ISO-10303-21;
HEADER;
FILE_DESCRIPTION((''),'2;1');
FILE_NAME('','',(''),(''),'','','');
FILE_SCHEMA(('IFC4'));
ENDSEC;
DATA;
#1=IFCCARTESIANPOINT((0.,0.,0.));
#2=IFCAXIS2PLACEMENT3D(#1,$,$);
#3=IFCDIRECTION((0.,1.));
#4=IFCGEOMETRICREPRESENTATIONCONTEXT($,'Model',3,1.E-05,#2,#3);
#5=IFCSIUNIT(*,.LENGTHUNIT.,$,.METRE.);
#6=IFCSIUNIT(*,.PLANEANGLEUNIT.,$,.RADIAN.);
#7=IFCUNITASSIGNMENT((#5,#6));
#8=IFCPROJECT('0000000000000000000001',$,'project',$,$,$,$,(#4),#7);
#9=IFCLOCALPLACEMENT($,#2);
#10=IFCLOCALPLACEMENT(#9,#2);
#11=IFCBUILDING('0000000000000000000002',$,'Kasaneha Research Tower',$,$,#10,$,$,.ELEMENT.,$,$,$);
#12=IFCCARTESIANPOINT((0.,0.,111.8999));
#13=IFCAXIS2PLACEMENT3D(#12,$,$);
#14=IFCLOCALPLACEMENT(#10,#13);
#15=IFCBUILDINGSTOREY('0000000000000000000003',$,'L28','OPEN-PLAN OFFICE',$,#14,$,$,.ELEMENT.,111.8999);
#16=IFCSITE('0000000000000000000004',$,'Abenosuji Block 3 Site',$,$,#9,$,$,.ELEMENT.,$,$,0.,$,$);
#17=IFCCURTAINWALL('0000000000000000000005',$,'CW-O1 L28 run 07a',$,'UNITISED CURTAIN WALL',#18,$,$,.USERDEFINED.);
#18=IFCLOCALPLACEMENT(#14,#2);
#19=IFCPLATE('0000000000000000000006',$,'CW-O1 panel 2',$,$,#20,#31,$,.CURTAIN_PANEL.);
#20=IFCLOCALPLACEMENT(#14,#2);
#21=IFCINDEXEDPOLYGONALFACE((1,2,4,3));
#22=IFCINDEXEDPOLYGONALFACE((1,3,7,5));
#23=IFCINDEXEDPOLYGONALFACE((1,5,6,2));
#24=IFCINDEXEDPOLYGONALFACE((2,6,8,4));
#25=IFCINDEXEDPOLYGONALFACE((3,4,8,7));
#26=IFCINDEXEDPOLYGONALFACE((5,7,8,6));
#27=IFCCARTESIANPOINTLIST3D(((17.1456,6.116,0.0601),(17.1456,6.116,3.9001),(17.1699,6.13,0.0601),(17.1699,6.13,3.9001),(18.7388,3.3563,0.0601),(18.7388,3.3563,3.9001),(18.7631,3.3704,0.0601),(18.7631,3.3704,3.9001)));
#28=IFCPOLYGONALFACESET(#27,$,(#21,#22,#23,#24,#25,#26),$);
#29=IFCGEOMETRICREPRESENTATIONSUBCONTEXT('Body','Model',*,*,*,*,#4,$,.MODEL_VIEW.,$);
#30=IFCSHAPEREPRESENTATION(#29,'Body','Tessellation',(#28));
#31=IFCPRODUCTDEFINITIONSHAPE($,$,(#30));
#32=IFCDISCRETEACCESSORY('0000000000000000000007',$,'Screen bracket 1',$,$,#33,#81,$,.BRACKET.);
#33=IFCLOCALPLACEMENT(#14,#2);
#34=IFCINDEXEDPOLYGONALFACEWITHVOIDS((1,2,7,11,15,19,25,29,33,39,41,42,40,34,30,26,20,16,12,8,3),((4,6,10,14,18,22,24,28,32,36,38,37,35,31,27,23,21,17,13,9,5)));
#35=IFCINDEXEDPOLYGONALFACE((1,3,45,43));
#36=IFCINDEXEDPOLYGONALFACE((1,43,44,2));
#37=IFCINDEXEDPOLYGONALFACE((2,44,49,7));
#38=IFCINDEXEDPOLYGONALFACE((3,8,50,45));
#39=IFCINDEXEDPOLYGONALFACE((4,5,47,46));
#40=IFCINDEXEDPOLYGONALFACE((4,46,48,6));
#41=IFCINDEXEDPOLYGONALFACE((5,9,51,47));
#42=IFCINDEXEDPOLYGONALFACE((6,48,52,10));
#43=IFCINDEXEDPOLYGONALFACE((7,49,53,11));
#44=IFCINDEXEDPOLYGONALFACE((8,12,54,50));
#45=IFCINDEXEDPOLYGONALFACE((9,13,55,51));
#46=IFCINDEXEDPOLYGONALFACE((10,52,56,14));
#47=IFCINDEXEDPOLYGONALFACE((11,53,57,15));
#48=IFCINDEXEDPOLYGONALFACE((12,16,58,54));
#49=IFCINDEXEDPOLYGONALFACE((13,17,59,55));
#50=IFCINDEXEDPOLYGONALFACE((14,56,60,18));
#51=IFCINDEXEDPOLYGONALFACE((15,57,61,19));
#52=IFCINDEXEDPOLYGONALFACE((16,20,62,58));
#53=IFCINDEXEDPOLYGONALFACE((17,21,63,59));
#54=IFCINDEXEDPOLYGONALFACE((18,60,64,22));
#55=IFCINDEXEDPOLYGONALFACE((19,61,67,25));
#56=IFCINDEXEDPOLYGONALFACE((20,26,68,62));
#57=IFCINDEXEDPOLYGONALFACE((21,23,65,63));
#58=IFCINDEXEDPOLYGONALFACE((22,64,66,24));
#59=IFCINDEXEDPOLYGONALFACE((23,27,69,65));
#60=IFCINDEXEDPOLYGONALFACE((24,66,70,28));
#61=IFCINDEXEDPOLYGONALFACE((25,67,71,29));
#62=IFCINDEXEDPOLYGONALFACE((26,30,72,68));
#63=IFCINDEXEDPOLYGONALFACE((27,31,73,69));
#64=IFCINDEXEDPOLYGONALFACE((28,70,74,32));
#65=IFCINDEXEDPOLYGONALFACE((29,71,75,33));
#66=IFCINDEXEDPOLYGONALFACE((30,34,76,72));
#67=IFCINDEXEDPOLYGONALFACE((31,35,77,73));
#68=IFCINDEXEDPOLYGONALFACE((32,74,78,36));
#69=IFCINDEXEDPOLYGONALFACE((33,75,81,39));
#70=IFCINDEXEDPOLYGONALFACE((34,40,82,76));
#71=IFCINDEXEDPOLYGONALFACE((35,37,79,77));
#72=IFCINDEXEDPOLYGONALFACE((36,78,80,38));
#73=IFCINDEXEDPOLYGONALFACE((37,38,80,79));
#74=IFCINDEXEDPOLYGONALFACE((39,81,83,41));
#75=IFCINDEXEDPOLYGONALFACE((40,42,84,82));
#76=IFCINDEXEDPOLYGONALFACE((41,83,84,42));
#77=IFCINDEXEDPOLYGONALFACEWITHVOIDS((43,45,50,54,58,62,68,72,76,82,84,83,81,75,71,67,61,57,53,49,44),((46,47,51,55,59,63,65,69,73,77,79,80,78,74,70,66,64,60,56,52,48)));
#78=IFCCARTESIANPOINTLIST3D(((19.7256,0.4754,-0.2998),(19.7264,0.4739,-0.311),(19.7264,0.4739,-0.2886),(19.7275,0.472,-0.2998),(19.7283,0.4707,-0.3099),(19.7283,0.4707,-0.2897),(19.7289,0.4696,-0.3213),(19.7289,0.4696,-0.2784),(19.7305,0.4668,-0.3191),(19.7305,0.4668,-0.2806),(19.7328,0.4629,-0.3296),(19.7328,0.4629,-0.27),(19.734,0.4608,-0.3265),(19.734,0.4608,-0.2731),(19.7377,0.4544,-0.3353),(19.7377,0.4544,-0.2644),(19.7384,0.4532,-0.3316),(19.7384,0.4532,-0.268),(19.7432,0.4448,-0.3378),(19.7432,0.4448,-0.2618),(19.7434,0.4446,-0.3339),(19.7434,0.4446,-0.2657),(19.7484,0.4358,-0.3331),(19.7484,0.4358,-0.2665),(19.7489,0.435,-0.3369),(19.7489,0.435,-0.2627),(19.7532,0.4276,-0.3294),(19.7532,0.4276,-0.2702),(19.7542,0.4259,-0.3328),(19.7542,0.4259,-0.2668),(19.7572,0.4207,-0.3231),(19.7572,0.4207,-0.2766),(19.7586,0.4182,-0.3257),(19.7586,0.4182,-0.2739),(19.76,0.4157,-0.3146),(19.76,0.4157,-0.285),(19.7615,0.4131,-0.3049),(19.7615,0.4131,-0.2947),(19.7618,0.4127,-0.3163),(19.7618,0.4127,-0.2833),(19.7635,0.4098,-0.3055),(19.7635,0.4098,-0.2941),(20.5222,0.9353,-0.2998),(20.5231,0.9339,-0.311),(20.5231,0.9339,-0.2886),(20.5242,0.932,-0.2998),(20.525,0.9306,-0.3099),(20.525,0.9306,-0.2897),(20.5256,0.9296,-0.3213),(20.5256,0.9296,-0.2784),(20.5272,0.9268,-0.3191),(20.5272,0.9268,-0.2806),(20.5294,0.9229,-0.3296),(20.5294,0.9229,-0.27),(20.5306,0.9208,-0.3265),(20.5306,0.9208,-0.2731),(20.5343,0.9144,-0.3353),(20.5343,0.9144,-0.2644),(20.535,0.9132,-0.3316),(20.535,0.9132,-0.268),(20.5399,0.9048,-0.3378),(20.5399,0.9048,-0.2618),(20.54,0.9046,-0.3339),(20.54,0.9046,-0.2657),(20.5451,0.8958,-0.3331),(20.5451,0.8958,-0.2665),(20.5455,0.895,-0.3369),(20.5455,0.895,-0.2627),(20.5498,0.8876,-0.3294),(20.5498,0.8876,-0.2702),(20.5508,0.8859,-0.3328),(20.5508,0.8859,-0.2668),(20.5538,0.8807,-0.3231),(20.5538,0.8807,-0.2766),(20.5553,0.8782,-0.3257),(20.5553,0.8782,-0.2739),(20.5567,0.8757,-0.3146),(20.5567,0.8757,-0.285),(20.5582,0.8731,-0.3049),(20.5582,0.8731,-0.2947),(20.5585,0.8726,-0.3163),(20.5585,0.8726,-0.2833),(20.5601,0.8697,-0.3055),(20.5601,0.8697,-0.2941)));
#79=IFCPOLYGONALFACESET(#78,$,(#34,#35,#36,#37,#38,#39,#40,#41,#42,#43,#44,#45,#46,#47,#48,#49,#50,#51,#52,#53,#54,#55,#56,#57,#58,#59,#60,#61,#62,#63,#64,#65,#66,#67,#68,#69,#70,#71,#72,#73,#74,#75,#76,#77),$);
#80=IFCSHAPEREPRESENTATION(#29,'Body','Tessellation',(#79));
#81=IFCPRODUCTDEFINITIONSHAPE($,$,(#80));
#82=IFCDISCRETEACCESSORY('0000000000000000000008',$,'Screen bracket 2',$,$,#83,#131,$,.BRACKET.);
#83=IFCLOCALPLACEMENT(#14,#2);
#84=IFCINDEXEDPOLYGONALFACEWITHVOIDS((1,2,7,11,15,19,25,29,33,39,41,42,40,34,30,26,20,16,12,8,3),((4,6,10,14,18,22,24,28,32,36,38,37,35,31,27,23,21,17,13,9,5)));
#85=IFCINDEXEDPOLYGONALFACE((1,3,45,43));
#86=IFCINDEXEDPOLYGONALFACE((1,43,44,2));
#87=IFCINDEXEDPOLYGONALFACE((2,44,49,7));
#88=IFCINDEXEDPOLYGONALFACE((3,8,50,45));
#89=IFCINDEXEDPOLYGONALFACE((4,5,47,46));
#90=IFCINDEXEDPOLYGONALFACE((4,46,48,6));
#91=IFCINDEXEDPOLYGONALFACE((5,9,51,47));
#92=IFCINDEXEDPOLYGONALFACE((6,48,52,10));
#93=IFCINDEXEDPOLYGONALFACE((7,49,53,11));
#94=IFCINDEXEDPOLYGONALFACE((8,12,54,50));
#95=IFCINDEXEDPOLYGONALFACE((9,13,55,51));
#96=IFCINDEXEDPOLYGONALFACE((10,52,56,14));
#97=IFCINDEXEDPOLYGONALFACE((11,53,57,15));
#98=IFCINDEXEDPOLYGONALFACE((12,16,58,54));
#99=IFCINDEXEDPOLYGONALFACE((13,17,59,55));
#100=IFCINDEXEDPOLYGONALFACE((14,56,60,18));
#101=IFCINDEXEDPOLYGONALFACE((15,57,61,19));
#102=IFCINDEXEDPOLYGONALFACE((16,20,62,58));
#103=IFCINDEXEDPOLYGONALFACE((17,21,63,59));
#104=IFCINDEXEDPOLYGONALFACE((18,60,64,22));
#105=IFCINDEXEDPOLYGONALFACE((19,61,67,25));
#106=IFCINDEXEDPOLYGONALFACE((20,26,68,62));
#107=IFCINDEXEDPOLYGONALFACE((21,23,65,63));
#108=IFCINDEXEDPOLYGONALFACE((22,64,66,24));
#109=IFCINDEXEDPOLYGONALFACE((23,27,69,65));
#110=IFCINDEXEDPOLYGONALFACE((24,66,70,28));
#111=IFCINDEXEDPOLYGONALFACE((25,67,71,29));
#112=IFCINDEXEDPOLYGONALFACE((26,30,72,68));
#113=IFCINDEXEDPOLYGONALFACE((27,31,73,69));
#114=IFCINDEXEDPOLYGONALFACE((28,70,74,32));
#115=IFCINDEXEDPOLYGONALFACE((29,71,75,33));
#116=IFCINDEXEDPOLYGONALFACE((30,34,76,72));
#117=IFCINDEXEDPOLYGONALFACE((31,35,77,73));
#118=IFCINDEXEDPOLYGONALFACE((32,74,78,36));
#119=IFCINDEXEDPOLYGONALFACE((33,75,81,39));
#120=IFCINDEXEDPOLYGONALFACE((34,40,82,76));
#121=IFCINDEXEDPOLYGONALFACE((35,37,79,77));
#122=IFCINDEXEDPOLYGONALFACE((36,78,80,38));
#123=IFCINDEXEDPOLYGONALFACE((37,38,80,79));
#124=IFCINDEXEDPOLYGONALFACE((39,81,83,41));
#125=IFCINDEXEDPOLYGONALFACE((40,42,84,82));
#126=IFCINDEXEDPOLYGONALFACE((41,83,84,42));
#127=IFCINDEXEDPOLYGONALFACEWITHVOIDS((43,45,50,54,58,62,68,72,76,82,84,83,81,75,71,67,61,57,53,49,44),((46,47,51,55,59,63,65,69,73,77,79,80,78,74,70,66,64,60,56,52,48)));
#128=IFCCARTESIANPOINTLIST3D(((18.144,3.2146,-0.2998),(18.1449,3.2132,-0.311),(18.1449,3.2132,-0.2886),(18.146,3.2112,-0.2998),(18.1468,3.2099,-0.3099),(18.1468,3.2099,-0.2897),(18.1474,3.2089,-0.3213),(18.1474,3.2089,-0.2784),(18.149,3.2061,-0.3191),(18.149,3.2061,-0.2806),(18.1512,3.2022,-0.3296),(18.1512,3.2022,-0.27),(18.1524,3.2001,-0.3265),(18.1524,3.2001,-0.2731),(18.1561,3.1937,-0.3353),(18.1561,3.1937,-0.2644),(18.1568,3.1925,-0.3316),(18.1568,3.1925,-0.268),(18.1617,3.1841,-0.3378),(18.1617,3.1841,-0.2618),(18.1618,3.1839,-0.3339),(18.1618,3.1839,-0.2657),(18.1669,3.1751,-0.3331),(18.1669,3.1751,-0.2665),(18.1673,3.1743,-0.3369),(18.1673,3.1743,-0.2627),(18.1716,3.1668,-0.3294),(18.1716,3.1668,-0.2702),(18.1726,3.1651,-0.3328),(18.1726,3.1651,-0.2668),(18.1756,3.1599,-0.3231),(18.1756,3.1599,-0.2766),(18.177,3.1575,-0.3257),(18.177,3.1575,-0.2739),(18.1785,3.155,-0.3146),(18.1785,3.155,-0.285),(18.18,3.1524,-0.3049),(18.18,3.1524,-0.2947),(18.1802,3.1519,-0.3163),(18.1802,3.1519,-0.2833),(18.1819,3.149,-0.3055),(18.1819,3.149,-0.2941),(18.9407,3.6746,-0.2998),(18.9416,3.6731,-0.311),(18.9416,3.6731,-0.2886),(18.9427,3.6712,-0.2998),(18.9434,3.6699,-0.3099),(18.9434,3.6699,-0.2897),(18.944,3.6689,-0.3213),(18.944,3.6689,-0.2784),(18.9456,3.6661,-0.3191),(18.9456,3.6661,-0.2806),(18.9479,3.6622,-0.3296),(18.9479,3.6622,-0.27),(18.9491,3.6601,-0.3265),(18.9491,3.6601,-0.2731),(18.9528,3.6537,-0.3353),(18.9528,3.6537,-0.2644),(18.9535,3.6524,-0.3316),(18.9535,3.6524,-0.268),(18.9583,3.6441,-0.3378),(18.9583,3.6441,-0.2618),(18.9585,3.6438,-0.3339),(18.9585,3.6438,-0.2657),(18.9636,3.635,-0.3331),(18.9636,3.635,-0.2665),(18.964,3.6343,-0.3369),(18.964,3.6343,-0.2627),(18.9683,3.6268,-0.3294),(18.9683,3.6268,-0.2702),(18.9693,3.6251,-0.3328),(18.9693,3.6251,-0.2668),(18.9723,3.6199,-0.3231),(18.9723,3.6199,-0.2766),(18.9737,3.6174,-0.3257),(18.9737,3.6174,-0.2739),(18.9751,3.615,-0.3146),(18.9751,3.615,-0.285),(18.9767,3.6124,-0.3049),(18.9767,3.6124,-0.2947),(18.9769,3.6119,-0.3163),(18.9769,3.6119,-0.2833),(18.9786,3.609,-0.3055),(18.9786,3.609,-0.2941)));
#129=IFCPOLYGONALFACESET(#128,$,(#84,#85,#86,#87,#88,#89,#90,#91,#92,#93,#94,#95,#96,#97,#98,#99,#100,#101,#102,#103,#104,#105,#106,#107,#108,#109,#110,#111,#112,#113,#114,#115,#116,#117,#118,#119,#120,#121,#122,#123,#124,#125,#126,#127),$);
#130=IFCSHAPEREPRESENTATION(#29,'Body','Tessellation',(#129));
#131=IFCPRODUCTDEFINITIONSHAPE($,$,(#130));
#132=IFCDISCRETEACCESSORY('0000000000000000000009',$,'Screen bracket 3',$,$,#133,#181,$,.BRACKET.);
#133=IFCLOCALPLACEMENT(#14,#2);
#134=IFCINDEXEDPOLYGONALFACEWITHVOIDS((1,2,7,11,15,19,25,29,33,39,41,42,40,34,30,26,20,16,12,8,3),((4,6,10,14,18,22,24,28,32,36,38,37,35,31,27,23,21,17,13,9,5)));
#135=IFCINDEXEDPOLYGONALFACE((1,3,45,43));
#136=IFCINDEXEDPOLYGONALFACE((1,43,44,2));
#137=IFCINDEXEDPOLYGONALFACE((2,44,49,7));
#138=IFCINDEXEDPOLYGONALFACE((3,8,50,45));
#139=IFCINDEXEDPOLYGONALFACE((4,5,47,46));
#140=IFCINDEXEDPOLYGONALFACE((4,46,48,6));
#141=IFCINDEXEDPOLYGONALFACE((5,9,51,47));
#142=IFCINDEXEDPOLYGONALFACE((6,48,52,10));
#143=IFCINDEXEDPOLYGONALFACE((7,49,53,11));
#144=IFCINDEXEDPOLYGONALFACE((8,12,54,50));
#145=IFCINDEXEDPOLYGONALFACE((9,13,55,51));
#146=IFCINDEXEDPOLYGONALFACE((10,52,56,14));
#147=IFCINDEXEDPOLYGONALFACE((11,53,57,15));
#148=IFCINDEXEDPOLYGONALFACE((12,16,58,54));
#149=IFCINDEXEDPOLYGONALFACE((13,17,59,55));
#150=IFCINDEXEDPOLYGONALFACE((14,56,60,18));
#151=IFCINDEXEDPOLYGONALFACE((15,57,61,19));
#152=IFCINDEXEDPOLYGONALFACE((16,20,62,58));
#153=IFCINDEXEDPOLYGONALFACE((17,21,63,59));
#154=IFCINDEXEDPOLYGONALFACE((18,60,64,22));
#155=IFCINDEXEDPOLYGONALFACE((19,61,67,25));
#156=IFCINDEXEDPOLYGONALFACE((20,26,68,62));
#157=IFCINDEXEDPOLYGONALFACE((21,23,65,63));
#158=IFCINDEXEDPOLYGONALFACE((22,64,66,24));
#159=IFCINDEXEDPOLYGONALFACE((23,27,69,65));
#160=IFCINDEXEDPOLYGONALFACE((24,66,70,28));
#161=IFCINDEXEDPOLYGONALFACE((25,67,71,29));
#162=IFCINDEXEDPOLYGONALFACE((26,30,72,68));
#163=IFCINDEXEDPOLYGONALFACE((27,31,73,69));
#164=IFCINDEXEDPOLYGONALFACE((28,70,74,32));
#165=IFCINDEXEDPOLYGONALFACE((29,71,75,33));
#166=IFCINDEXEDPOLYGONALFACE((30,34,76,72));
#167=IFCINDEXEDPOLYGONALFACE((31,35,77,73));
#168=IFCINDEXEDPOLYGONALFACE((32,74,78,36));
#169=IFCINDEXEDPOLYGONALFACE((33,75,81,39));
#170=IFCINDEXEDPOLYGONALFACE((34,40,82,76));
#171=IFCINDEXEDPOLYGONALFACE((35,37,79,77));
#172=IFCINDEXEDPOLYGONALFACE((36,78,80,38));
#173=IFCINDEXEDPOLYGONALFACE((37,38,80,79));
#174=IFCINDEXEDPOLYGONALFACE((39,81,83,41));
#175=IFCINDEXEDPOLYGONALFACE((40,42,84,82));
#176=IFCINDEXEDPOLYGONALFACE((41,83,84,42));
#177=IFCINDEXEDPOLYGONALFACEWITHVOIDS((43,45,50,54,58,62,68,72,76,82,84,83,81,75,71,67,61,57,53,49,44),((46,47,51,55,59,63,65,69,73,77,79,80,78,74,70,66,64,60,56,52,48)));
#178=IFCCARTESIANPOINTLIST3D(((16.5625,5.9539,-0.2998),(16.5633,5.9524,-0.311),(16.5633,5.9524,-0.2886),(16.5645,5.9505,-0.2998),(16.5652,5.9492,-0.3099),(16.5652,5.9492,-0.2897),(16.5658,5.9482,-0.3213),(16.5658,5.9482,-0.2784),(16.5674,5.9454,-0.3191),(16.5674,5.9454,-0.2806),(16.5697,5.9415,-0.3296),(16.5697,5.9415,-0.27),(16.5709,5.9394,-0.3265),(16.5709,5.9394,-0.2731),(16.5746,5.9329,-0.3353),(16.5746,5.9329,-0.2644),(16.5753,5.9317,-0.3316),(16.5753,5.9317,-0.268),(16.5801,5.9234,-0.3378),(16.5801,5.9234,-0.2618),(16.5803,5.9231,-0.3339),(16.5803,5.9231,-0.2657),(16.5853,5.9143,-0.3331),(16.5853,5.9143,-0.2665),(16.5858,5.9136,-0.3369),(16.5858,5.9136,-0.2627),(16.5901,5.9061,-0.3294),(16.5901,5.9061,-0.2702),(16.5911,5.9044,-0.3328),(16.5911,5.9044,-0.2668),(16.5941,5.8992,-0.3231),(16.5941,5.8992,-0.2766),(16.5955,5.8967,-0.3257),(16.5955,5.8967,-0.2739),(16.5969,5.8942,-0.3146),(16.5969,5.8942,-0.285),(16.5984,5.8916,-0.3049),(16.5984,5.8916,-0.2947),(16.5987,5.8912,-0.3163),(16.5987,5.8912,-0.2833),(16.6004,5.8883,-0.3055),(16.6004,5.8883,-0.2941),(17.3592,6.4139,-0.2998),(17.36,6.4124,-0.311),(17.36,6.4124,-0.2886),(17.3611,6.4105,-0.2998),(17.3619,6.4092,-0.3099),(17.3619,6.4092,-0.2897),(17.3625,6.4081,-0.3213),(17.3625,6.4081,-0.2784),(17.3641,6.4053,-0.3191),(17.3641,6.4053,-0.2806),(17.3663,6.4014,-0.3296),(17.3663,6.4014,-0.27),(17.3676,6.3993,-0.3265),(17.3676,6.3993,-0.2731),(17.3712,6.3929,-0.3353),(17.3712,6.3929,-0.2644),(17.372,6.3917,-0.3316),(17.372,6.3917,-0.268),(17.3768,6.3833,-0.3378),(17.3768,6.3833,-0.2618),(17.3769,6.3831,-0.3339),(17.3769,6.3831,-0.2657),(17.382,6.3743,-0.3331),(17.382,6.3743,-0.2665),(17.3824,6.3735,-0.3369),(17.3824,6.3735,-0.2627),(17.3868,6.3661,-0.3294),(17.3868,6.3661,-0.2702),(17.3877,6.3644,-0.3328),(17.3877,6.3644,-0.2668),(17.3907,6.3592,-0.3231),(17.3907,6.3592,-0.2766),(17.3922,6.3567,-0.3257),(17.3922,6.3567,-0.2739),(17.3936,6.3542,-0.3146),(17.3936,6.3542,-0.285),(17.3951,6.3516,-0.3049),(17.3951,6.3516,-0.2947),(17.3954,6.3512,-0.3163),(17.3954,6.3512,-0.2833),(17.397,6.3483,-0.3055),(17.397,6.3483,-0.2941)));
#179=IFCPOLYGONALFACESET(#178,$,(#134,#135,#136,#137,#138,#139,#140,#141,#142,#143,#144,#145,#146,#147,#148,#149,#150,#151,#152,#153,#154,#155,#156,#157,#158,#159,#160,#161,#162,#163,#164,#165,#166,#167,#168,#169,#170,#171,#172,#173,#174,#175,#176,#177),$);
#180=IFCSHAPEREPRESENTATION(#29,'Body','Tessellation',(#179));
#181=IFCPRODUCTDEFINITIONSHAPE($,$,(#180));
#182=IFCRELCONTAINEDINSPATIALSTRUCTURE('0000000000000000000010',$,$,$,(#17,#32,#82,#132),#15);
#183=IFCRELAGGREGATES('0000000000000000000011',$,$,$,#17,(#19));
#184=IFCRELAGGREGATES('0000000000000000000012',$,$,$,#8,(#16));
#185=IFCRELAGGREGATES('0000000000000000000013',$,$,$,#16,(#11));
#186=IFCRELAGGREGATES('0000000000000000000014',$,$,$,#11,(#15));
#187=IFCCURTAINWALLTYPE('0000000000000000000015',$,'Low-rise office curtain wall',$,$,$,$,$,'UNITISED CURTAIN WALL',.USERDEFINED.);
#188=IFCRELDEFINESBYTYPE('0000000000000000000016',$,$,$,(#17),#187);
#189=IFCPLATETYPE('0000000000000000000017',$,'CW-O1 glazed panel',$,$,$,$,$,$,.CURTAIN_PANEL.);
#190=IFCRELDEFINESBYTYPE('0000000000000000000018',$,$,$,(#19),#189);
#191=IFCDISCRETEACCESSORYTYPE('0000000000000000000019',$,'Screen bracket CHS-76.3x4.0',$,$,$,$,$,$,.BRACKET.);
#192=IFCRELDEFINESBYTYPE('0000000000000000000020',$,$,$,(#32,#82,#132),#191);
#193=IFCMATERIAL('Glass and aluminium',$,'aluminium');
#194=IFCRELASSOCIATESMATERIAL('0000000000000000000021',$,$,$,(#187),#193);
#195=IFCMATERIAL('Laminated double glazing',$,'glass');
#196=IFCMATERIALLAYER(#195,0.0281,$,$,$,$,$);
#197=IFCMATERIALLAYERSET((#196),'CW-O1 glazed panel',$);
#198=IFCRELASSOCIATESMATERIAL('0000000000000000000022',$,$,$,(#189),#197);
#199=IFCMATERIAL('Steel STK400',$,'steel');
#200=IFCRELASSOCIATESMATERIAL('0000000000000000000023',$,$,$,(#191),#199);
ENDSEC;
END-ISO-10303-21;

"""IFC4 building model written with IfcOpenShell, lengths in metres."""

from ifc_helpers import new_model, si_unit, direction, frame, origin, origin_2d, place, context, subcontext, project, spatial, rectangle, hollow_circle, extrude, material, layer, layer_set, material_profile, profile_set, type_object, element, aggregate, save


model = new_model("IFC4")

# Units and contexts
model_context = context("Model", 3, precision=1e-05, world=origin(), true_north=direction((0.0, 1.0)))
body_context = subcontext(model_context, "Body", "Model", "MODEL_VIEW")
ifc_project = project(units=[si_unit("LENGTHUNIT", "METRE"), si_unit("PLANEANGLEUNIT", "RADIAN")], contexts=[model_context])

# Site, building, storey
site_placement = place(None, origin())
site = spatial("IfcSite", under=ifc_project, at=site_placement, Name="Abenosuji Block 3 Site", CompositionType="ELEMENT", RefElevation=0.0)
building_placement = place(site_placement, origin())
building = spatial("IfcBuilding", under=site, at=building_placement, Name="Kasaneha Research Tower", CompositionType="ELEMENT")
storey_placement = place(building_placement, frame((0.0, 0.0, 111.8999)))
storey = spatial("IfcBuildingStorey", under=building, at=storey_placement, Name="L28", Description="OPEN-PLAN OFFICE", CompositionType="ELEMENT", Elevation=111.8999)

# Shared definitions
ifc_material_1 = material(Name="Glass and aluminium", Category="aluminium")
curtain_wall_type = type_object("IfcCurtainWallType", Name="Low-rise office curtain wall", ElementType="UNITISED CURTAIN WALL", PredefinedType="USERDEFINED", material=ifc_material_1)

# Curtain wall
curtain_wall_1_placement = place(storey_placement, origin())
curtain_wall_1 = element("IfcCurtainWall", 1, at=curtain_wall_1_placement, inside=storey, type_object=curtain_wall_type, Name="CW-O1 L28 run 07a", ObjectType="UNITISED CURTAIN WALL", PredefinedType="USERDEFINED")

# Plate
ifc_material_2 = material(Name="Laminated double glazing", Category="glass")
ifc_layer = layer(ifc_material_2, 0.0281)
ifc_layer_set = layer_set([ifc_layer], Name="CW-O1 glazed panel")
plate_type = type_object("IfcPlateType", Name="CW-O1 glazed panel", PredefinedType="CURTAIN_PANEL", material=ifc_layer_set)
plate_1_placement = place(storey_placement, frame((17.9543, 4.7432, 0.0601), z_axis=(0.0, 0.0, 1.0), x_axis=(-0.5, 0.866025, 0.0)))
plate_1 = element("IfcPlate", 2, at=plate_1_placement, type_object=plate_type, Name="CW-O1 panel 2", PredefinedType="CURTAIN_PANEL", context=body_context, shape_type="SweptSolid", body=[
    extrude(rectangle(XDim=3.1865, YDim=0.0281, at=origin_2d()), origin(), (0.0, 0.0, 1.0), 3.8401),
])
aggregate(curtain_wall_1, [plate_1])

# Discrete accessories
ifc_material_3 = material(Name="Steel STK400", Category="steel")
ifc_material_profile_1 = material_profile(ifc_material_3, hollow_circle(Radius=0.0381, WallThickness=0.0039, at=origin_2d()), Name="CHS-76.3x4.0")
ifc_profile_set_1 = profile_set([ifc_material_profile_1], Name="Steel STK400")
discrete_accessory_type = type_object("IfcDiscreteAccessoryType", Name="Screen bracket CHS-76.3x4.0", PredefinedType="BRACKET", material=ifc_profile_set_1)
for number, where, z_axis, x_axis, name in (
    (3, (19.7446, 0.4424, -0.2998), (0.866013, 0.500021, 0.0), (-0.500021, 0.866013, 0.0), "Screen bracket 1"),
    (4, (18.1631, 3.1816, -0.2998), (0.866013, 0.500021, 0.0), (-0.500021, 0.866013, 0.0), "Screen bracket 2"),
    (5, (16.5815, 5.9209, -0.2998), (0.866013, 0.500021, 0.0), (-0.500021, 0.866013, 0.0), "Screen bracket 3"),
):
    element("IfcDiscreteAccessory", number, at=place(storey_placement, frame(where, z_axis=z_axis, x_axis=x_axis)), inside=storey, type_object=discrete_accessory_type, Name=name, PredefinedType="BRACKET", context=body_context, shape_type="SweptSolid", body=[
        extrude(hollow_circle(Radius=0.0381, WallThickness=0.0039, at=origin_2d()), origin(), (0.0, 0.0, 1.0), 0.9199),
    ])

save(model, "model.ifc")
